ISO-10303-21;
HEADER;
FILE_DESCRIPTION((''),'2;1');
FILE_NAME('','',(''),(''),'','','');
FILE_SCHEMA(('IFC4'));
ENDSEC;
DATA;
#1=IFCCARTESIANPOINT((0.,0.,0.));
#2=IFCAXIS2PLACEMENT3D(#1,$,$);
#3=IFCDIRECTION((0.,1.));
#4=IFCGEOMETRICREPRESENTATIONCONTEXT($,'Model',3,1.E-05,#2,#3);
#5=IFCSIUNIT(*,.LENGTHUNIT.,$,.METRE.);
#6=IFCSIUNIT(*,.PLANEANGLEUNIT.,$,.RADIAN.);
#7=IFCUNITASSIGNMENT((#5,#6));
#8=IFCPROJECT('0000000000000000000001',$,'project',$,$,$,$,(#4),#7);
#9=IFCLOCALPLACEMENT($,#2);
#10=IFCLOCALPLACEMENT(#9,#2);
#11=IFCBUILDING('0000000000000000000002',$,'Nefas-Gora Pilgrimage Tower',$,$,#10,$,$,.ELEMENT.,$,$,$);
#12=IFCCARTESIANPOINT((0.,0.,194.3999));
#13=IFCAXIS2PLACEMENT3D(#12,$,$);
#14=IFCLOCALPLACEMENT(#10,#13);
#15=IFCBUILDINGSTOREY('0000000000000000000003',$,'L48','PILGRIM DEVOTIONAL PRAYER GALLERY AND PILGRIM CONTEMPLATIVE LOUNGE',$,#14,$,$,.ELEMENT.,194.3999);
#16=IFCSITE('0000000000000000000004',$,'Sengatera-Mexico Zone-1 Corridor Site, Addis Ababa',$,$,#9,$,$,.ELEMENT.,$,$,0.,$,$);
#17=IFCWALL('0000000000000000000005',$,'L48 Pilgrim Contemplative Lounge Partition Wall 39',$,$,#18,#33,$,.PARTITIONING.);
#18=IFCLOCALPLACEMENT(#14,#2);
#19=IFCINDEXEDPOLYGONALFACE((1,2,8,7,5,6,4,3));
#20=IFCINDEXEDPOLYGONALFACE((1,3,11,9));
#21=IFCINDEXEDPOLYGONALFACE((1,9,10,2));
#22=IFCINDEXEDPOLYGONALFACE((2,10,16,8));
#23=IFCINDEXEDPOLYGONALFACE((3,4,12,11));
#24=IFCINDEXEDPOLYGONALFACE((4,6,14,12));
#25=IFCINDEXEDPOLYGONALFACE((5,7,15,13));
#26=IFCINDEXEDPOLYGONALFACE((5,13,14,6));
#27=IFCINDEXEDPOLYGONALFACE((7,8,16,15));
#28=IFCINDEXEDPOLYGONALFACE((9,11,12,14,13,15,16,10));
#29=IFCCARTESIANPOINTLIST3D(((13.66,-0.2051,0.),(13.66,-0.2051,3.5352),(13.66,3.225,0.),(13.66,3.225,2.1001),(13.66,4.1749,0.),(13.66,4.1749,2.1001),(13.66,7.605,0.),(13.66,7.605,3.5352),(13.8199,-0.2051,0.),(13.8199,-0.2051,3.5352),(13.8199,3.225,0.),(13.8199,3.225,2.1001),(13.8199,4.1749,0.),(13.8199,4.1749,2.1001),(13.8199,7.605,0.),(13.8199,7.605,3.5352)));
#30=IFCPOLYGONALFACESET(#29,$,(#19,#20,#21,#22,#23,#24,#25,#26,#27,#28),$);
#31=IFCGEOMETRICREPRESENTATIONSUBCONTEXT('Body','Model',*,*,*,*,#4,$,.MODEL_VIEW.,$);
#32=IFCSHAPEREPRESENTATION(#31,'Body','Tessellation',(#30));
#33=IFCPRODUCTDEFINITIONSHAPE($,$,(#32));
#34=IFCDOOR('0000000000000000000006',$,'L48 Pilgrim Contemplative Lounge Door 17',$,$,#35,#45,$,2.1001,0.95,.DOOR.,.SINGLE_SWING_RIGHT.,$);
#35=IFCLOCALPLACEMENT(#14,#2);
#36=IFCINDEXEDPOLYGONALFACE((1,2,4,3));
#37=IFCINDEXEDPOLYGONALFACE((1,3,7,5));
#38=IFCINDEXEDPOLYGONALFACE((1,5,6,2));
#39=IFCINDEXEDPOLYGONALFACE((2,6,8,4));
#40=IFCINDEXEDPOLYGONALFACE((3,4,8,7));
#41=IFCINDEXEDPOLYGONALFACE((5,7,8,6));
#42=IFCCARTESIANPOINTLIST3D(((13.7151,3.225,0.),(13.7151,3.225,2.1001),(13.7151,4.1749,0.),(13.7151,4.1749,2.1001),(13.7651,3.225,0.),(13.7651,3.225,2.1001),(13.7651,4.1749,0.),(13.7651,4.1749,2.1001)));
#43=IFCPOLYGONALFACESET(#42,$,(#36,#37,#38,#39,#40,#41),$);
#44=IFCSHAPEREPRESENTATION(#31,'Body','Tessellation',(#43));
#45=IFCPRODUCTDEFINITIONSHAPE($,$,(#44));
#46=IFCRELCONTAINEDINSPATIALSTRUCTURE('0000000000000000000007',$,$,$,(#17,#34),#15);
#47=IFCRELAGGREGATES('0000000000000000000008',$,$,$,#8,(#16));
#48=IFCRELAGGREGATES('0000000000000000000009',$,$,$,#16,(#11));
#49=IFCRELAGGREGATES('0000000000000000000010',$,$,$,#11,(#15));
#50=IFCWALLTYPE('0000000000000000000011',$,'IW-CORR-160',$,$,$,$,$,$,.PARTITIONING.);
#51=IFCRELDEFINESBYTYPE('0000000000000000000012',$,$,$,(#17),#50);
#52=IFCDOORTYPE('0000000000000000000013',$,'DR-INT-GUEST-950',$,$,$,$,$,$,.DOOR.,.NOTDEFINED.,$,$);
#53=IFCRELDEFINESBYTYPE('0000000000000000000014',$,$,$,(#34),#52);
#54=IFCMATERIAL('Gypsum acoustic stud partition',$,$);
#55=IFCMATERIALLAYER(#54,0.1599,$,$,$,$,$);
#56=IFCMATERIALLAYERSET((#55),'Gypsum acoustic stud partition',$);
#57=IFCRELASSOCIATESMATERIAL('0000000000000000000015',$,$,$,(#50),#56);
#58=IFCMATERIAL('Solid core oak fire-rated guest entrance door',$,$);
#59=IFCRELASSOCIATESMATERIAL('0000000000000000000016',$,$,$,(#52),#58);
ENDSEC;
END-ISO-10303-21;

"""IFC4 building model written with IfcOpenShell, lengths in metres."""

from ifc_helpers import new_model, si_unit, direction, frame, frame_2d, origin, place, context, subcontext, project, spatial, rectangle, extrude, source, transform, mapped, material, layer, layer_set, type_object, element, fill, save


model = new_model("IFC4")

# Units and contexts
model_context = context("Model", 3, precision=1e-05, world=origin(), true_north=direction((0.0, 1.0)))
body_context = subcontext(model_context, "Body", "Model", "MODEL_VIEW")
ifc_project = project(units=[si_unit("LENGTHUNIT", "METRE"), si_unit("PLANEANGLEUNIT", "RADIAN")], contexts=[model_context])

# Site, building, storey
site_placement = place(None, origin())
site = spatial("IfcSite", under=ifc_project, at=site_placement, Name="Sengatera-Mexico Zone-1 Corridor Site, Addis Ababa", CompositionType="ELEMENT", RefElevation=0.0)
building_placement = place(site_placement, origin())
building = spatial("IfcBuilding", under=site, at=building_placement, Name="Nefas-Gora Pilgrimage Tower", CompositionType="ELEMENT")
storey_placement = place(building_placement, frame((0.0, 0.0, 194.3999)))
storey = spatial("IfcBuildingStorey", under=building, at=storey_placement, Name="L48", Description="PILGRIM DEVOTIONAL PRAYER GALLERY AND PILGRIM CONTEMPLATIVE LOUNGE", CompositionType="ELEMENT", Elevation=194.3999)

# Wall, opening, door
ifc_material_1 = material(Name="Gypsum acoustic stud partition")
ifc_layer_1 = layer(ifc_material_1, 0.1599)
ifc_layer_set_1 = layer_set([ifc_layer_1], Name="Gypsum acoustic stud partition")
wall_type_1 = type_object("IfcWallType", Name="IW-CORR-160", PredefinedType="PARTITIONING", material=ifc_layer_set_1)
ifc_material_2 = material(Name="Solid core oak fire-rated guest entrance door")
door_type_1 = type_object("IfcDoorType", Name="DR-INT-GUEST-950", OperationType="NOTDEFINED", PredefinedType="DOOR", material=ifc_material_2)
shared_shape_1 = source(origin(), body_context, "Body", "SweptSolid", [
    extrude(rectangle(XDim=0.95, YDim=2.1001, at=frame_2d((0.4751, 1.05))), frame((0.0, 0.0249, 0.0), z_axis=(0.0, -1.0, 0.0), x_axis=(1.0, 0.0, 0.0)), (0.0, 0.0, 1.0), 0.05),
])
shared_shape_2 = source(origin(), body_context, "Body", "SweptSolid", [
    extrude(rectangle(XDim=7.8101, YDim=0.1599, at=frame_2d((3.905, 0.0))), origin(), (0.0, 0.0, 1.0), 3.5352),
])
wall_1_placement = place(storey_placement, frame((13.74, -0.2051, 0.0), z_axis=(0.0, 0.0, 1.0), x_axis=(0.0, 1.0, 0.0)))
wall_1 = element("IfcWall", 1, at=wall_1_placement, inside=storey, type_object=wall_type_1, Name="L48 Pilgrim Contemplative Lounge Partition Wall 39", PredefinedType="PARTITIONING", context=body_context, shape_type="MappedRepresentation", body=[
    mapped(shared_shape_2, transform((0.0, 0.0, 0.0), x_axis=(1.0, 0.0, 0.0), y_axis=(0.0, 1.0, 0.0), z_axis=(0.0, 0.0, 1.0), scale=1.0)),
])
opening_1_placement = place(wall_1_placement, frame((3.4299, 0.0, 0.0)))
opening_1 = element("IfcOpeningElement", 2, at=opening_1_placement, cuts=wall_1, PredefinedType="OPENING", context=body_context, shape_type="SweptSolid", body=[
    extrude(rectangle(XDim=0.95, YDim=2.1001, at=frame_2d((0.4751, 1.05))), frame((0.0, 0.0898, 0.0), z_axis=(0.0, -1.0, 0.0), x_axis=(1.0, 0.0, 0.0)), (0.0, 0.0, 1.0), 0.1799),
])
door_1_placement = place(opening_1_placement, origin())
door_1 = element("IfcDoor", 3, at=door_1_placement, inside=storey, type_object=door_type_1, Name="L48 Pilgrim Contemplative Lounge Door 17", OperationType="SINGLE_SWING_RIGHT", OverallHeight=2.1001, OverallWidth=0.95, PredefinedType="DOOR", context=body_context, shape_type="MappedRepresentation", body=[
    mapped(shared_shape_1, transform((0.0, 0.0, 0.0), x_axis=(1.0, 0.0, 0.0), y_axis=(0.0, 1.0, 0.0), z_axis=(0.0, 0.0, 1.0), scale=1.0)),
])
fill(opening_1, door_1)

save(model, "model.ifc")
